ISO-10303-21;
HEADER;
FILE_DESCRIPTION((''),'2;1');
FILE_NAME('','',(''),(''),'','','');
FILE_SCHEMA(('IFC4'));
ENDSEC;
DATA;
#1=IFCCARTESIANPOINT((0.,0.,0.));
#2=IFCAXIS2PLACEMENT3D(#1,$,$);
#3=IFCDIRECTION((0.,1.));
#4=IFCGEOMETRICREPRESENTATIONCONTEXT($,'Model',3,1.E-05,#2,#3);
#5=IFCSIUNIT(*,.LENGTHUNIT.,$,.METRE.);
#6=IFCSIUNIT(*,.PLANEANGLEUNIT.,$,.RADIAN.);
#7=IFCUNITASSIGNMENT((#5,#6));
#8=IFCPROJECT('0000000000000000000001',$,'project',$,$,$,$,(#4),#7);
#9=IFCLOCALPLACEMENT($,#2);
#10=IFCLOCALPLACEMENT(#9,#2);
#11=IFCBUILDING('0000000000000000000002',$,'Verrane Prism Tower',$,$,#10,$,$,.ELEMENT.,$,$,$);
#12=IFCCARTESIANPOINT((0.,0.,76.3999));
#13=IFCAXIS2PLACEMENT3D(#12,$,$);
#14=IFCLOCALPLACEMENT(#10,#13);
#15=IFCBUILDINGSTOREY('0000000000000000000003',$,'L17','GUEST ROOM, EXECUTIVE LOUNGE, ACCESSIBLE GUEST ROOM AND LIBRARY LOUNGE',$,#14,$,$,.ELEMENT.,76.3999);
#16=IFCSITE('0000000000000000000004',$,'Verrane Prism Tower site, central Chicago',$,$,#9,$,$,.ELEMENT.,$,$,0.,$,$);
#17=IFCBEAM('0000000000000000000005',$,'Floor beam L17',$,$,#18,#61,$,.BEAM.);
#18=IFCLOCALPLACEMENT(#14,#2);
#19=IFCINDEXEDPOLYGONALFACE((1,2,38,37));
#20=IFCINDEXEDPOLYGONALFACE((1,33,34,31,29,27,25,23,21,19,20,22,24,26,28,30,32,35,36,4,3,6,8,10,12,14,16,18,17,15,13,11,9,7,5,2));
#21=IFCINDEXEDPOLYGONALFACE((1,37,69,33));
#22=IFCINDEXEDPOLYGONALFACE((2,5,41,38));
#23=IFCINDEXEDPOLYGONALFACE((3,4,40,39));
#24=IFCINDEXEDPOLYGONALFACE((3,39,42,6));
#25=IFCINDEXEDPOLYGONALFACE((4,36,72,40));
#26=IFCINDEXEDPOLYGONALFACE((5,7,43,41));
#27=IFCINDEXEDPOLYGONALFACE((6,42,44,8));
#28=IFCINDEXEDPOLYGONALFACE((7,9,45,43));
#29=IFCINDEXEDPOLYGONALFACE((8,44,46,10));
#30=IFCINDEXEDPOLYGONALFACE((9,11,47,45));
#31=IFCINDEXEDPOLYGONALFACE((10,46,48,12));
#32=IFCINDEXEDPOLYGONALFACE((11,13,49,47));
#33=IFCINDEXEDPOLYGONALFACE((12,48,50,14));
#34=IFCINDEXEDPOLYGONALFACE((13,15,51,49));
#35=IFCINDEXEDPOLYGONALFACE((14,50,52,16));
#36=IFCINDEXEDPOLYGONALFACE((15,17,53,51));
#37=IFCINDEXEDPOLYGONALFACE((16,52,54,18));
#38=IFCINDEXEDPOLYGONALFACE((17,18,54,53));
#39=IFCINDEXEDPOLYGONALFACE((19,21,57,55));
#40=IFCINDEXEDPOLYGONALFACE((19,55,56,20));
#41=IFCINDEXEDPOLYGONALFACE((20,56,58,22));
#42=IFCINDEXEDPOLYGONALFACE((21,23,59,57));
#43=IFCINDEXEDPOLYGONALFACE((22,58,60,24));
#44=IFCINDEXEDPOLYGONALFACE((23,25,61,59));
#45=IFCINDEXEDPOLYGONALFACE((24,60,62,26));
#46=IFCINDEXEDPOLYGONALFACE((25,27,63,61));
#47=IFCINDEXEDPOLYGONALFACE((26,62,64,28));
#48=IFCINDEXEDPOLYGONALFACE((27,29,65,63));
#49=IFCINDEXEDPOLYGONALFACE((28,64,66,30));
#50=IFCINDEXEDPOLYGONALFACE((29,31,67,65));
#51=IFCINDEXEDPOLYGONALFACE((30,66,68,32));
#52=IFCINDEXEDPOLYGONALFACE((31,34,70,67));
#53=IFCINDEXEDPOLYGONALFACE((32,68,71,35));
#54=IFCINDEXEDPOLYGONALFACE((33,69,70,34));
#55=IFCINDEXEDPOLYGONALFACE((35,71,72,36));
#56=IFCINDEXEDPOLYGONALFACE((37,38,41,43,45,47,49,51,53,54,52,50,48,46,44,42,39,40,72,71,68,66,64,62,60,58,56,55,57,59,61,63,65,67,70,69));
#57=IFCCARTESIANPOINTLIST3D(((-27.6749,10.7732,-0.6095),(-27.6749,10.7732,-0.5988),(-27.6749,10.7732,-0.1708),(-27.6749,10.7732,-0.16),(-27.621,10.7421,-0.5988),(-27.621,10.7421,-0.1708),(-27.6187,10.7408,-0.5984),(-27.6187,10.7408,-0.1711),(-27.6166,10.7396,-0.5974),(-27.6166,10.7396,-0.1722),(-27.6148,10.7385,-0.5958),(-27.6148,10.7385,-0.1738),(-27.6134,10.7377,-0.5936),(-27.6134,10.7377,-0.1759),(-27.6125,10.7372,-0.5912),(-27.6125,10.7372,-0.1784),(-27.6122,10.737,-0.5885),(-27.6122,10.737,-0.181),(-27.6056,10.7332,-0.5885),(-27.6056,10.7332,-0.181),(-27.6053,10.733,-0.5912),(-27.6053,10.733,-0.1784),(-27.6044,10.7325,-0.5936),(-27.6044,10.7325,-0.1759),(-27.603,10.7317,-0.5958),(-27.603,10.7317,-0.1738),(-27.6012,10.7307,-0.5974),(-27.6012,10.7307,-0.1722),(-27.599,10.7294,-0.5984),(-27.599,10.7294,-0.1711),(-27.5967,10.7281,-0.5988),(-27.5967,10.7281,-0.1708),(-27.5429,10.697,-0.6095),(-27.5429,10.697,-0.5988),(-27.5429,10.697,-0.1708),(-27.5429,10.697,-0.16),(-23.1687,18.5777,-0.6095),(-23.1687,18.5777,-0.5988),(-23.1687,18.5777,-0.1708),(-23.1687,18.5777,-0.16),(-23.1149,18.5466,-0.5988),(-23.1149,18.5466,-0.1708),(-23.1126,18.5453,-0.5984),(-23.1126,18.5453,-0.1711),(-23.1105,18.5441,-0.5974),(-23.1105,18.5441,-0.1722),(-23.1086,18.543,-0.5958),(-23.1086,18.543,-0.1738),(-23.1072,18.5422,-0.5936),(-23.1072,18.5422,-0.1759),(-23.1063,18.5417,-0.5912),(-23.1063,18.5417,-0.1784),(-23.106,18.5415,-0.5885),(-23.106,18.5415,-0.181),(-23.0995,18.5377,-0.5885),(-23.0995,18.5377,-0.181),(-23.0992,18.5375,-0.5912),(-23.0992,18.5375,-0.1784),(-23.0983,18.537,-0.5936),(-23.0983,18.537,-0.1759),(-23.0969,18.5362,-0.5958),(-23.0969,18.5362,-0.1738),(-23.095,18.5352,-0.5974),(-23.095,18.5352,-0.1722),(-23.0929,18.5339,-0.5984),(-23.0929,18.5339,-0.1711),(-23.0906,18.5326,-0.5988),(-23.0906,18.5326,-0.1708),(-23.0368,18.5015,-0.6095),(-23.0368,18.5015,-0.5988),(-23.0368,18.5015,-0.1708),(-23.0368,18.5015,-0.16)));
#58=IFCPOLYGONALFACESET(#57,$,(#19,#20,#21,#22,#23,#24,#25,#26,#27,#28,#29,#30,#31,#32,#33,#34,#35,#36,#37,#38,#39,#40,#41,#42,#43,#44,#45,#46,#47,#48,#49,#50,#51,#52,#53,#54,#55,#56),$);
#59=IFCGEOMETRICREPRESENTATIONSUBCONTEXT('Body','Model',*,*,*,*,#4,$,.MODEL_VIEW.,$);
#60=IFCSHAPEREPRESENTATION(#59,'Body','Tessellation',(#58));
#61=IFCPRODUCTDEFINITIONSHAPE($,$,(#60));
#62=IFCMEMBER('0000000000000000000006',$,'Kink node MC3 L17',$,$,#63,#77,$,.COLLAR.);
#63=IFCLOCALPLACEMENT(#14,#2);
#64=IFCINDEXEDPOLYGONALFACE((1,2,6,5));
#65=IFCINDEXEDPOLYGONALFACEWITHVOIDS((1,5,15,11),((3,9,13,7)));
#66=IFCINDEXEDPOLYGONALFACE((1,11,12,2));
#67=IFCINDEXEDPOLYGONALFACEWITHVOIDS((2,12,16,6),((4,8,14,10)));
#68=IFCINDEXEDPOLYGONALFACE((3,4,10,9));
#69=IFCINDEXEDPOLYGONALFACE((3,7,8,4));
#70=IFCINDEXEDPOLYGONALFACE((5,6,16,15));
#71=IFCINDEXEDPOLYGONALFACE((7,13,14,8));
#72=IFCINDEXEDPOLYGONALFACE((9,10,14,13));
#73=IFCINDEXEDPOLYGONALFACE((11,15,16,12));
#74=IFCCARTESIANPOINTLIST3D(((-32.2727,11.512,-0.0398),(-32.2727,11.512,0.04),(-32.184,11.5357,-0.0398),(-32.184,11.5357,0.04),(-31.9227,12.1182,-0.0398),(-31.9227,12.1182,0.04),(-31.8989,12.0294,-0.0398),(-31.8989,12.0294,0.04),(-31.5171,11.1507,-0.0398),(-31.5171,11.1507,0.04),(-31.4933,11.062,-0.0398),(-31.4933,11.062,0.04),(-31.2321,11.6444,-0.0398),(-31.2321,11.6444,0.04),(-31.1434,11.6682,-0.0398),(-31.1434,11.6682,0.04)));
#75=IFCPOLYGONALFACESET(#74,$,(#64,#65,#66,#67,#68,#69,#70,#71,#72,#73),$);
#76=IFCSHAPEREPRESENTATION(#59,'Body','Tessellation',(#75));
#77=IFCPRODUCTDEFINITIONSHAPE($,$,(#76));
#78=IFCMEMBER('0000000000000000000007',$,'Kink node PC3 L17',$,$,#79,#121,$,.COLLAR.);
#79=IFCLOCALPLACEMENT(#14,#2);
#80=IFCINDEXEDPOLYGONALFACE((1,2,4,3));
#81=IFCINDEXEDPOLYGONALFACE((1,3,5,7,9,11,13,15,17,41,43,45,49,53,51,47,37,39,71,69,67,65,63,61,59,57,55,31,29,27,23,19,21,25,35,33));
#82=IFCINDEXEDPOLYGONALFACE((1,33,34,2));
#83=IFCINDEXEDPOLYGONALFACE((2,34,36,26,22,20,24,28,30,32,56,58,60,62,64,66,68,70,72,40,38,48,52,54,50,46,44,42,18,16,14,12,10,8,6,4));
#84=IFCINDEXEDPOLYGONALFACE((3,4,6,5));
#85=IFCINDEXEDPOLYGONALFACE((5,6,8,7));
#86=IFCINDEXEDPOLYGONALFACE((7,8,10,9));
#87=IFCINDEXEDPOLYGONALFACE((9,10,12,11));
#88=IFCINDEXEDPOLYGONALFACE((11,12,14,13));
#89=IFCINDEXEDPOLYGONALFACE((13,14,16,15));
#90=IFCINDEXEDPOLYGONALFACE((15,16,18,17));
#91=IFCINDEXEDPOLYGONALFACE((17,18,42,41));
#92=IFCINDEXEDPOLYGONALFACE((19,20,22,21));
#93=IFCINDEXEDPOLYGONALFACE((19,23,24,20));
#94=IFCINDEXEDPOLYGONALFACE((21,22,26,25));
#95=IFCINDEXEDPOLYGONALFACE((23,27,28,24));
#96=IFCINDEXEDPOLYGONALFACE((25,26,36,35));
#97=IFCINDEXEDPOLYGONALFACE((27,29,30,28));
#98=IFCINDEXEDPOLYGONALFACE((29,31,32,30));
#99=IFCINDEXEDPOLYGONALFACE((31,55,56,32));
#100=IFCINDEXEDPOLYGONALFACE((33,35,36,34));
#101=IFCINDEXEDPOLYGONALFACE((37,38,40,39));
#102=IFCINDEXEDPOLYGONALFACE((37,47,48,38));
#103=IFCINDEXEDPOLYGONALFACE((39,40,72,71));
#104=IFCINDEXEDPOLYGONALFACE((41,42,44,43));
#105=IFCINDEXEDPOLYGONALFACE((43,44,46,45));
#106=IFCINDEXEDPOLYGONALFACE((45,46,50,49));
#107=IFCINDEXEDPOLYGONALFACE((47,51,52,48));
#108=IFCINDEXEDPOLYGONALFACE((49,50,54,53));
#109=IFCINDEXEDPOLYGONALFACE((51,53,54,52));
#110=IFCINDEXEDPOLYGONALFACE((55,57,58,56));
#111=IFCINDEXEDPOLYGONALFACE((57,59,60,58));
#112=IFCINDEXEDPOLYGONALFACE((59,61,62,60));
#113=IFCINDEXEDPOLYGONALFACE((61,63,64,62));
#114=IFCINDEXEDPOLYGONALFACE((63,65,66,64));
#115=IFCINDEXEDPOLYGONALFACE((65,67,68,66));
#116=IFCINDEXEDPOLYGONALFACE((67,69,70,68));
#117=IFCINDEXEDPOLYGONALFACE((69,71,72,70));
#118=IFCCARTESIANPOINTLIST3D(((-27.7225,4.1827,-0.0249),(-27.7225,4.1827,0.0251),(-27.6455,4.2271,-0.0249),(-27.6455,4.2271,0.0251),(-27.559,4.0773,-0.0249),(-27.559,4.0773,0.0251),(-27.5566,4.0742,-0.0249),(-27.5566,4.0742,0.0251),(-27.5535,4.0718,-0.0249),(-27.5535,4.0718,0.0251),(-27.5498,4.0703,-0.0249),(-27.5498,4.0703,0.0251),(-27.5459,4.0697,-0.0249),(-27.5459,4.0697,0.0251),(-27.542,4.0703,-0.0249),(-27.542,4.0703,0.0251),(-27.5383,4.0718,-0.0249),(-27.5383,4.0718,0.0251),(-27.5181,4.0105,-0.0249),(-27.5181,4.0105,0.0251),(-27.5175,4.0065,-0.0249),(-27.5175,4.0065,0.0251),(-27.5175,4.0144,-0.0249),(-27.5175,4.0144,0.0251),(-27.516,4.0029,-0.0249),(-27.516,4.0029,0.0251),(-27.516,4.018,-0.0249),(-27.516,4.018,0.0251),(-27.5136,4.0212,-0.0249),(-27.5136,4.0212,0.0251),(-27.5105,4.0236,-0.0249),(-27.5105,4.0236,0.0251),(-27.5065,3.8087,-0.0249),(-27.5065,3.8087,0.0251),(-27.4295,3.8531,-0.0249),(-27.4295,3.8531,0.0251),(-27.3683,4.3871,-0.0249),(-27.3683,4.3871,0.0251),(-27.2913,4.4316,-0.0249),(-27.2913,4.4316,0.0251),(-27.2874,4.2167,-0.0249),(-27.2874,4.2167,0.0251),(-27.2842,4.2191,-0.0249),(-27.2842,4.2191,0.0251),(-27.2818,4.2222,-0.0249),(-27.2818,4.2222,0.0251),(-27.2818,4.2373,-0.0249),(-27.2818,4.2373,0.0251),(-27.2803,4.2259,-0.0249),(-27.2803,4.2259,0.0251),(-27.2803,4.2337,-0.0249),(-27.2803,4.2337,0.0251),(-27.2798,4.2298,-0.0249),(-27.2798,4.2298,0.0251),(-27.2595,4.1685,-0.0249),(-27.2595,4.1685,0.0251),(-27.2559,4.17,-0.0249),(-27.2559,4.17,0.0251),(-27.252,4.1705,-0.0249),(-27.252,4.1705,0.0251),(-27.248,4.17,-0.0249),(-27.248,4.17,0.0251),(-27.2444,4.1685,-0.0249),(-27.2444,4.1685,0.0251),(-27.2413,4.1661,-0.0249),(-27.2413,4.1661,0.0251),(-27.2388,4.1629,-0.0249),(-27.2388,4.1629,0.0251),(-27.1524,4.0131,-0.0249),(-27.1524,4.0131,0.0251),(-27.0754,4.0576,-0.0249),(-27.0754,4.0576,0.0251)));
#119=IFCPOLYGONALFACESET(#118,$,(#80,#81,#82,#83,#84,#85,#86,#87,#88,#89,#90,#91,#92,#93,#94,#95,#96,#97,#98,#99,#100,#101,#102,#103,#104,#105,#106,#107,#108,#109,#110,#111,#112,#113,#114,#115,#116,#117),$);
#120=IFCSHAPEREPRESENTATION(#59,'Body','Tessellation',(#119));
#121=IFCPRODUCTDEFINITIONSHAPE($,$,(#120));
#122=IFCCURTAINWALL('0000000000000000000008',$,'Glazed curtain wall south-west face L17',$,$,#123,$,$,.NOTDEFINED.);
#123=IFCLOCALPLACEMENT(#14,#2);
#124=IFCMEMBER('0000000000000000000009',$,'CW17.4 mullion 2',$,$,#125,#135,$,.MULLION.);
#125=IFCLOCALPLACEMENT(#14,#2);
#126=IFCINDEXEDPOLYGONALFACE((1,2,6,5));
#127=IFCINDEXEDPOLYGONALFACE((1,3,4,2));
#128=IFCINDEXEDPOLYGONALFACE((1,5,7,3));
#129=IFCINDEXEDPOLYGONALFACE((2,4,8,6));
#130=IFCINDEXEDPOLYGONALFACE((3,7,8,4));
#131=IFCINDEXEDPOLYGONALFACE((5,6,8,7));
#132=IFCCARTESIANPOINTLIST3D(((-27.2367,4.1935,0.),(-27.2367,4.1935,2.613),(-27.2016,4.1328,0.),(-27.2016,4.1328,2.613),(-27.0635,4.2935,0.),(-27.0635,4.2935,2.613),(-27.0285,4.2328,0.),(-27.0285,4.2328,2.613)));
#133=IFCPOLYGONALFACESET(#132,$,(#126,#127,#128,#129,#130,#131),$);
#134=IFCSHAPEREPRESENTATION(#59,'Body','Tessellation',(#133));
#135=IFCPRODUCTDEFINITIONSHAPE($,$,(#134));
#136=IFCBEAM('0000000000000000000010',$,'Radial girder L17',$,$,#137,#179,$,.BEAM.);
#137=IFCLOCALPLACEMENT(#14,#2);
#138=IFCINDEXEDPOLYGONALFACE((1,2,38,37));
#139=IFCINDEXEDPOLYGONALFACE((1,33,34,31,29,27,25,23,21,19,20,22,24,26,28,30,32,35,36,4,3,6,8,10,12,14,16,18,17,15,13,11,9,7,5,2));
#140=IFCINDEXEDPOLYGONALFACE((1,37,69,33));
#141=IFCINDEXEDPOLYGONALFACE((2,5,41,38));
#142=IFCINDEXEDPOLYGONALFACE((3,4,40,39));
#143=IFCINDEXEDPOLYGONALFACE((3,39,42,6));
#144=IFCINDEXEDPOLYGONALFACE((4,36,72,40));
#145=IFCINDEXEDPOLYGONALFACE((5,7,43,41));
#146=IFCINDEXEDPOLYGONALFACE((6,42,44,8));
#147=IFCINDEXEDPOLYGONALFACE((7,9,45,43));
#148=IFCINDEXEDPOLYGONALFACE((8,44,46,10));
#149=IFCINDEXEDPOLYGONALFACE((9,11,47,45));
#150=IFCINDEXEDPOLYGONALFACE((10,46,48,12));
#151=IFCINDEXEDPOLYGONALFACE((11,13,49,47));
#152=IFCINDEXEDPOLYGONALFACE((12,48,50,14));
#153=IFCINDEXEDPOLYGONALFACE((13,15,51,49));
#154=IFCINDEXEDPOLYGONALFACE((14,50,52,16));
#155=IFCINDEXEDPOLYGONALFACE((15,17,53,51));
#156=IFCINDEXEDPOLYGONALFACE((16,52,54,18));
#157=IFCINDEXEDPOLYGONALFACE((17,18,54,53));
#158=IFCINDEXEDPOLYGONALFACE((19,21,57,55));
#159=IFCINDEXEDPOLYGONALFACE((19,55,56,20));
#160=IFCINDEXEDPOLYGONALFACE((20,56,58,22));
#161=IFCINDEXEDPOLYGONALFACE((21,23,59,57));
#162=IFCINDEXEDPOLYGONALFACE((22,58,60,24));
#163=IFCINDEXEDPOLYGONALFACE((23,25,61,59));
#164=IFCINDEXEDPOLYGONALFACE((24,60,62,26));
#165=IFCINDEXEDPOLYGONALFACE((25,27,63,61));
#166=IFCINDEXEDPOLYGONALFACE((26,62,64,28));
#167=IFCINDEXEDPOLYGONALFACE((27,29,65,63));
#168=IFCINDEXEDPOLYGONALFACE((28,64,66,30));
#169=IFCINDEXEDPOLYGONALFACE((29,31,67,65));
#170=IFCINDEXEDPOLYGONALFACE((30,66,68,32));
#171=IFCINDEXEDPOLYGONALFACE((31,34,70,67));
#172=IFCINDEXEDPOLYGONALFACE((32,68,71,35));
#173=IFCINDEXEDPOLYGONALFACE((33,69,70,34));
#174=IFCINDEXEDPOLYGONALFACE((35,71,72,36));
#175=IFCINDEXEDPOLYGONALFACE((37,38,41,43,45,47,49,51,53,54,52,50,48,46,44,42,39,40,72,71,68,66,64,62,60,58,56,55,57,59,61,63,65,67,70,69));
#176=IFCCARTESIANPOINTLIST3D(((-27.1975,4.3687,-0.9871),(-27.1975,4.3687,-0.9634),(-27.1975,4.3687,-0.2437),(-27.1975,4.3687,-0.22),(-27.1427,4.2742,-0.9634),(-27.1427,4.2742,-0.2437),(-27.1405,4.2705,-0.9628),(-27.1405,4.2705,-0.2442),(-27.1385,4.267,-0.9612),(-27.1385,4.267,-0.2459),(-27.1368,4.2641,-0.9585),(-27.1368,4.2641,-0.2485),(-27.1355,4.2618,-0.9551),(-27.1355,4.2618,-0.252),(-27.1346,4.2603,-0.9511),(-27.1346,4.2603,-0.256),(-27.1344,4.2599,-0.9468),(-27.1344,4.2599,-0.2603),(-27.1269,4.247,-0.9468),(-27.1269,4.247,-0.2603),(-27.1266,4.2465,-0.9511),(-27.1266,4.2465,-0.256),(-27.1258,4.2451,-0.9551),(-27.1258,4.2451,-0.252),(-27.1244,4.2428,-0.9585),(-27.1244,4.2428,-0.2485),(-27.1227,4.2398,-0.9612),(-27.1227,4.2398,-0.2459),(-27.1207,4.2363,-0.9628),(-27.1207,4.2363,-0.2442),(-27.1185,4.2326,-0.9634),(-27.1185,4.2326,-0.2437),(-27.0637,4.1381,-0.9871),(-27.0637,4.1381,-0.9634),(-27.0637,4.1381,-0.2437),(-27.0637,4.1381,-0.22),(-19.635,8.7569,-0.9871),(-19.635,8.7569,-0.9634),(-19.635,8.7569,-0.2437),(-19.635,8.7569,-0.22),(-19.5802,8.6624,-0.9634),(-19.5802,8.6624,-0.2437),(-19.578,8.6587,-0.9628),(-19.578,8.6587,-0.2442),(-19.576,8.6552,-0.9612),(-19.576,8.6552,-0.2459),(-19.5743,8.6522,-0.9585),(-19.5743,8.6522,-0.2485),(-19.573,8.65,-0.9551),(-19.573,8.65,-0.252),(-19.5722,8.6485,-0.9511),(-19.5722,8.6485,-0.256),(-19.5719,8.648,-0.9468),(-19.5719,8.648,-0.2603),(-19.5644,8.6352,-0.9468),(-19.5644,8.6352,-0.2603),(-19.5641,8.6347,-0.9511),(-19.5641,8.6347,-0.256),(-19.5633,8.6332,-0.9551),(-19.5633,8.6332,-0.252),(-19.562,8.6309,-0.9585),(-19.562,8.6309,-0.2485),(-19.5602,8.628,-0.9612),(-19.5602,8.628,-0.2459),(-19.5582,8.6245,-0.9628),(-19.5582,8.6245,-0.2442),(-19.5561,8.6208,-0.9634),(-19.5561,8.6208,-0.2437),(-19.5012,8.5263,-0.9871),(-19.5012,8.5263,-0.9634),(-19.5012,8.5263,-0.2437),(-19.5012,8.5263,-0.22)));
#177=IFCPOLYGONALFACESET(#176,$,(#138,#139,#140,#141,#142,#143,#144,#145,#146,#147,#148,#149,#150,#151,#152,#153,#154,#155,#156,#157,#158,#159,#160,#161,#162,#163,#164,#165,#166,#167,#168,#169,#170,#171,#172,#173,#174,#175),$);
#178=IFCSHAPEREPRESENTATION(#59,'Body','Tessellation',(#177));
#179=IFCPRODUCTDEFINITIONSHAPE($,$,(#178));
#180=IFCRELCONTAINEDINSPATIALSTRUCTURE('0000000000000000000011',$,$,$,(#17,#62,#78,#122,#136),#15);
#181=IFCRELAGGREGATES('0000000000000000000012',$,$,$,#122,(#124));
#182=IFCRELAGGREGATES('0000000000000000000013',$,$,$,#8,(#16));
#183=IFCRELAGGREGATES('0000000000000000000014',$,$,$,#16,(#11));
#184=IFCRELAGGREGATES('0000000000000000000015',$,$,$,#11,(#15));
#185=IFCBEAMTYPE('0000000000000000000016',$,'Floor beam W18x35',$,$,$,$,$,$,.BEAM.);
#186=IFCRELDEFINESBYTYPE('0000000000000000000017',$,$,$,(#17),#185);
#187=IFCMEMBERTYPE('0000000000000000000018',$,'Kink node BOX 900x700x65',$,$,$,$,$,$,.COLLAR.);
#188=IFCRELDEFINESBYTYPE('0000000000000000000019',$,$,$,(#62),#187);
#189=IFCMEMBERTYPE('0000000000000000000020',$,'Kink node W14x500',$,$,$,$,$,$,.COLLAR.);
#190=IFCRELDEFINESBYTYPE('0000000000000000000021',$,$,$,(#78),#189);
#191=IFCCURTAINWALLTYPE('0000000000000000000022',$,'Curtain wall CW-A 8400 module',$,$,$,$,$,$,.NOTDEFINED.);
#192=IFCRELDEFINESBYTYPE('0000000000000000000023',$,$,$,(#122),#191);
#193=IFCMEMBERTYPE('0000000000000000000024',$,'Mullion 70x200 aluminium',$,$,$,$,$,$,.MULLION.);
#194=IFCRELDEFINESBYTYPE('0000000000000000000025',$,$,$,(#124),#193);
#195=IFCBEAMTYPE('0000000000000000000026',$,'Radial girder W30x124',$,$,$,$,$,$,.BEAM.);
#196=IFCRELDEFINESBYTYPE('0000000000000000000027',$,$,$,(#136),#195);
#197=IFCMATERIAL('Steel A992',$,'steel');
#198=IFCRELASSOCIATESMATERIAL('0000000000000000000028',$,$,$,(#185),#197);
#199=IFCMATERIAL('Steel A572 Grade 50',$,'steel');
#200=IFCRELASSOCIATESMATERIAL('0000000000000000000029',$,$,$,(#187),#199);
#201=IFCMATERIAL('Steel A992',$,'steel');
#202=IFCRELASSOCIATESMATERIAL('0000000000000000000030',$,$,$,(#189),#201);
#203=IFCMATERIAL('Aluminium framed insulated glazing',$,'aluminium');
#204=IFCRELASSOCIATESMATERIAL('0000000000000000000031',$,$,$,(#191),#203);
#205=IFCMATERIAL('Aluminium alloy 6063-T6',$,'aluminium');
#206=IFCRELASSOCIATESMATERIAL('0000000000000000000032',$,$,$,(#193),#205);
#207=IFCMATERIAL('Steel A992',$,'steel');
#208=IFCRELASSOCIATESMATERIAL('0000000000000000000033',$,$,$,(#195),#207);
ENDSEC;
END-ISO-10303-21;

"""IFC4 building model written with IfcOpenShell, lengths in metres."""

from ifc_helpers import new_model, si_unit, direction, frame, origin, origin_2d, place, context, subcontext, project, spatial, rectangle, hollow_rectangle, i_section, extrude, material, material_profile, profile_set, type_object, element, aggregate, save


model = new_model("IFC4")

# Units and contexts
model_context = context("Model", 3, precision=1e-05, world=origin(), true_north=direction((0.0, 1.0)))
body_context = subcontext(model_context, "Body", "Model", "MODEL_VIEW")
ifc_project = project(units=[si_unit("LENGTHUNIT", "METRE"), si_unit("PLANEANGLEUNIT", "RADIAN")], contexts=[model_context])

# Site, building, storey
site_placement = place(None, origin())
site = spatial("IfcSite", under=ifc_project, at=site_placement, Name="Verrane Prism Tower site, central Chicago", CompositionType="ELEMENT", RefElevation=0.0)
building_placement = place(site_placement, origin())
building = spatial("IfcBuilding", under=site, at=building_placement, Name="Verrane Prism Tower", CompositionType="ELEMENT")
storey_placement = place(building_placement, frame((0.0, 0.0, 76.3999)))
storey = spatial("IfcBuildingStorey", under=building, at=storey_placement, Name="L17", Description="GUEST ROOM, EXECUTIVE LOUNGE, ACCESSIBLE GUEST ROOM AND LIBRARY LOUNGE", CompositionType="ELEMENT", Elevation=76.3999)

# Beam
ifc_material_1 = material(Name="Steel A992", Category="steel")
ifc_material_profile_1 = material_profile(ifc_material_1, i_section(OverallWidth=0.1523, OverallDepth=0.4495, WebThickness=0.0076, FlangeThickness=0.0107, FilletRadius=0.0103, at=origin_2d()), Name="W18x35")
ifc_profile_set_1 = profile_set([ifc_material_profile_1], Name="Steel A992")
beam_type_1 = type_object("IfcBeamType", Name="Floor beam W18x35", PredefinedType="BEAM", material=ifc_profile_set_1)
beam_1_placement = place(storey_placement, frame((-27.6089, 10.7351, -0.3848), z_axis=(0.500017, 0.866016, 0.0), x_axis=(-0.866016, 0.500017, 0.0)))
element("IfcBeam", 1, at=beam_1_placement, inside=storey, type_object=beam_type_1, Name="Floor beam L17", PredefinedType="BEAM", context=body_context, shape_type="SweptSolid", body=[
    extrude(i_section(OverallWidth=0.1523, OverallDepth=0.4495, WebThickness=0.0076, FlangeThickness=0.0107, FilletRadius=0.0103, at=origin_2d()), origin(), (0.0, 0.0, 1.0), 9.012),
])

# Members
ifc_material_2 = material(Name="Steel A572 Grade 50", Category="steel")
ifc_material_profile_2 = material_profile(ifc_material_2, hollow_rectangle(XDim=0.7, YDim=0.8999, WallThickness=0.0649, at=origin_2d()), Name="BOX 900x700x65")
ifc_profile_set_2 = profile_set([ifc_material_profile_2], Name="Steel A572 Grade 50")
member_type_1 = type_object("IfcMemberType", Name="Kink node BOX 900x700x65", PredefinedType="COLLAR", material=ifc_profile_set_2)
member_1_placement = place(storey_placement, frame((-31.708, 11.5901, -0.0398), z_axis=(0.0, 0.0, 1.0), x_axis=(0.5, 0.866025, 0.0)))
element("IfcMember", 2, at=member_1_placement, inside=storey, type_object=member_type_1, Name="Kink node MC3 L17", PredefinedType="COLLAR", context=body_context, shape_type="SweptSolid", body=[
    extrude(hollow_rectangle(XDim=0.7, YDim=0.8999, WallThickness=0.0649, at=origin_2d()), origin(), (0.0, 0.0, 1.0), 0.0798),
])
ifc_material_3 = material(Name="Steel A992", Category="steel")
ifc_material_profile_3 = material_profile(ifc_material_3, i_section(OverallWidth=0.4319, OverallDepth=0.4978, WebThickness=0.0557, FlangeThickness=0.0889, FilletRadius=0.0151, at=origin_2d()), Name="W14x500")
ifc_profile_set_3 = profile_set([ifc_material_profile_3], Name="Steel A992")
member_type_2 = type_object("IfcMemberType", Name="Kink node W14x500", PredefinedType="COLLAR", material=ifc_profile_set_3)
member_2_placement = place(storey_placement, frame((-27.3989, 4.1201, -0.0249), z_axis=(0.0, 0.0, 1.0), x_axis=(-0.5, 0.866025, 0.0)))
element("IfcMember", 3, at=member_2_placement, inside=storey, type_object=member_type_2, Name="Kink node PC3 L17", PredefinedType="COLLAR", context=body_context, shape_type="SweptSolid", body=[
    extrude(i_section(OverallWidth=0.4319, OverallDepth=0.4978, WebThickness=0.0557, FlangeThickness=0.0889, FilletRadius=0.0151, at=origin_2d()), origin(), (0.0, 0.0, 1.0), 0.05),
])

# Curtain wall, member
ifc_material_4 = material(Name="Aluminium framed insulated glazing", Category="aluminium")
curtain_wall_type = type_object("IfcCurtainWallType", Name="Curtain wall CW-A 8400 module", PredefinedType="NOTDEFINED", material=ifc_material_4)
curtain_wall_placement = place(storey_placement, origin())
curtain_wall = element("IfcCurtainWall", 4, at=curtain_wall_placement, inside=storey, type_object=curtain_wall_type, Name="Glazed curtain wall south-west face L17", PredefinedType="NOTDEFINED")
ifc_material_5 = material(Name="Aluminium alloy 6063-T6", Category="aluminium")
ifc_material_profile_4 = material_profile(ifc_material_5, rectangle(XDim=0.2, YDim=0.0701, at=origin_2d()), Name="Mullion 70x200 aluminium")
ifc_profile_set_4 = profile_set([ifc_material_profile_4], Name="Aluminium alloy 6063-T6")
member_type_3 = type_object("IfcMemberType", Name="Mullion 70x200 aluminium", PredefinedType="MULLION", material=ifc_profile_set_4)
member_3_placement = place(storey_placement, frame((-27.1326, 4.2131, 0.0), z_axis=(0.0, 0.0, 1.0), x_axis=(0.866026, 0.499999, 0.0)))
member_3 = element("IfcMember", 5, at=member_3_placement, type_object=member_type_3, Name="CW17.4 mullion 2", PredefinedType="MULLION", context=body_context, shape_type="SweptSolid", body=[
    extrude(rectangle(XDim=0.2, YDim=0.0701, at=origin_2d()), origin(), (0.0, 0.0, 1.0), 2.613),
])

# Beam
ifc_material_6 = material(Name="Steel A992", Category="steel")
ifc_material_profile_5 = material_profile(ifc_material_6, i_section(OverallWidth=0.2666, OverallDepth=0.7671, WebThickness=0.0149, FlangeThickness=0.0237, FilletRadius=0.0166, at=origin_2d()), Name="W30x124")
ifc_profile_set_5 = profile_set([ifc_material_profile_5], Name="Steel A992")
beam_type_2 = type_object("IfcBeamType", Name="Radial girder W30x124", PredefinedType="BEAM", material=ifc_profile_set_5)
beam_2_placement = place(storey_placement, frame((-27.1306, 4.2534, -0.6035), z_axis=(0.864935, 0.501884, 0.0), x_axis=(-0.501884, 0.864935, 0.0)))
element("IfcBeam", 6, at=beam_2_placement, inside=storey, type_object=beam_type_2, Name="Radial girder L17", PredefinedType="BEAM", context=body_context, shape_type="SweptSolid", body=[
    extrude(i_section(OverallWidth=0.2666, OverallDepth=0.7671, WebThickness=0.0149, FlangeThickness=0.0237, FilletRadius=0.0166, at=origin_2d()), origin(), (0.0, 0.0, 1.0), 8.7434),
])

aggregate(curtain_wall, [member_3])

save(model, "model.ifc")
